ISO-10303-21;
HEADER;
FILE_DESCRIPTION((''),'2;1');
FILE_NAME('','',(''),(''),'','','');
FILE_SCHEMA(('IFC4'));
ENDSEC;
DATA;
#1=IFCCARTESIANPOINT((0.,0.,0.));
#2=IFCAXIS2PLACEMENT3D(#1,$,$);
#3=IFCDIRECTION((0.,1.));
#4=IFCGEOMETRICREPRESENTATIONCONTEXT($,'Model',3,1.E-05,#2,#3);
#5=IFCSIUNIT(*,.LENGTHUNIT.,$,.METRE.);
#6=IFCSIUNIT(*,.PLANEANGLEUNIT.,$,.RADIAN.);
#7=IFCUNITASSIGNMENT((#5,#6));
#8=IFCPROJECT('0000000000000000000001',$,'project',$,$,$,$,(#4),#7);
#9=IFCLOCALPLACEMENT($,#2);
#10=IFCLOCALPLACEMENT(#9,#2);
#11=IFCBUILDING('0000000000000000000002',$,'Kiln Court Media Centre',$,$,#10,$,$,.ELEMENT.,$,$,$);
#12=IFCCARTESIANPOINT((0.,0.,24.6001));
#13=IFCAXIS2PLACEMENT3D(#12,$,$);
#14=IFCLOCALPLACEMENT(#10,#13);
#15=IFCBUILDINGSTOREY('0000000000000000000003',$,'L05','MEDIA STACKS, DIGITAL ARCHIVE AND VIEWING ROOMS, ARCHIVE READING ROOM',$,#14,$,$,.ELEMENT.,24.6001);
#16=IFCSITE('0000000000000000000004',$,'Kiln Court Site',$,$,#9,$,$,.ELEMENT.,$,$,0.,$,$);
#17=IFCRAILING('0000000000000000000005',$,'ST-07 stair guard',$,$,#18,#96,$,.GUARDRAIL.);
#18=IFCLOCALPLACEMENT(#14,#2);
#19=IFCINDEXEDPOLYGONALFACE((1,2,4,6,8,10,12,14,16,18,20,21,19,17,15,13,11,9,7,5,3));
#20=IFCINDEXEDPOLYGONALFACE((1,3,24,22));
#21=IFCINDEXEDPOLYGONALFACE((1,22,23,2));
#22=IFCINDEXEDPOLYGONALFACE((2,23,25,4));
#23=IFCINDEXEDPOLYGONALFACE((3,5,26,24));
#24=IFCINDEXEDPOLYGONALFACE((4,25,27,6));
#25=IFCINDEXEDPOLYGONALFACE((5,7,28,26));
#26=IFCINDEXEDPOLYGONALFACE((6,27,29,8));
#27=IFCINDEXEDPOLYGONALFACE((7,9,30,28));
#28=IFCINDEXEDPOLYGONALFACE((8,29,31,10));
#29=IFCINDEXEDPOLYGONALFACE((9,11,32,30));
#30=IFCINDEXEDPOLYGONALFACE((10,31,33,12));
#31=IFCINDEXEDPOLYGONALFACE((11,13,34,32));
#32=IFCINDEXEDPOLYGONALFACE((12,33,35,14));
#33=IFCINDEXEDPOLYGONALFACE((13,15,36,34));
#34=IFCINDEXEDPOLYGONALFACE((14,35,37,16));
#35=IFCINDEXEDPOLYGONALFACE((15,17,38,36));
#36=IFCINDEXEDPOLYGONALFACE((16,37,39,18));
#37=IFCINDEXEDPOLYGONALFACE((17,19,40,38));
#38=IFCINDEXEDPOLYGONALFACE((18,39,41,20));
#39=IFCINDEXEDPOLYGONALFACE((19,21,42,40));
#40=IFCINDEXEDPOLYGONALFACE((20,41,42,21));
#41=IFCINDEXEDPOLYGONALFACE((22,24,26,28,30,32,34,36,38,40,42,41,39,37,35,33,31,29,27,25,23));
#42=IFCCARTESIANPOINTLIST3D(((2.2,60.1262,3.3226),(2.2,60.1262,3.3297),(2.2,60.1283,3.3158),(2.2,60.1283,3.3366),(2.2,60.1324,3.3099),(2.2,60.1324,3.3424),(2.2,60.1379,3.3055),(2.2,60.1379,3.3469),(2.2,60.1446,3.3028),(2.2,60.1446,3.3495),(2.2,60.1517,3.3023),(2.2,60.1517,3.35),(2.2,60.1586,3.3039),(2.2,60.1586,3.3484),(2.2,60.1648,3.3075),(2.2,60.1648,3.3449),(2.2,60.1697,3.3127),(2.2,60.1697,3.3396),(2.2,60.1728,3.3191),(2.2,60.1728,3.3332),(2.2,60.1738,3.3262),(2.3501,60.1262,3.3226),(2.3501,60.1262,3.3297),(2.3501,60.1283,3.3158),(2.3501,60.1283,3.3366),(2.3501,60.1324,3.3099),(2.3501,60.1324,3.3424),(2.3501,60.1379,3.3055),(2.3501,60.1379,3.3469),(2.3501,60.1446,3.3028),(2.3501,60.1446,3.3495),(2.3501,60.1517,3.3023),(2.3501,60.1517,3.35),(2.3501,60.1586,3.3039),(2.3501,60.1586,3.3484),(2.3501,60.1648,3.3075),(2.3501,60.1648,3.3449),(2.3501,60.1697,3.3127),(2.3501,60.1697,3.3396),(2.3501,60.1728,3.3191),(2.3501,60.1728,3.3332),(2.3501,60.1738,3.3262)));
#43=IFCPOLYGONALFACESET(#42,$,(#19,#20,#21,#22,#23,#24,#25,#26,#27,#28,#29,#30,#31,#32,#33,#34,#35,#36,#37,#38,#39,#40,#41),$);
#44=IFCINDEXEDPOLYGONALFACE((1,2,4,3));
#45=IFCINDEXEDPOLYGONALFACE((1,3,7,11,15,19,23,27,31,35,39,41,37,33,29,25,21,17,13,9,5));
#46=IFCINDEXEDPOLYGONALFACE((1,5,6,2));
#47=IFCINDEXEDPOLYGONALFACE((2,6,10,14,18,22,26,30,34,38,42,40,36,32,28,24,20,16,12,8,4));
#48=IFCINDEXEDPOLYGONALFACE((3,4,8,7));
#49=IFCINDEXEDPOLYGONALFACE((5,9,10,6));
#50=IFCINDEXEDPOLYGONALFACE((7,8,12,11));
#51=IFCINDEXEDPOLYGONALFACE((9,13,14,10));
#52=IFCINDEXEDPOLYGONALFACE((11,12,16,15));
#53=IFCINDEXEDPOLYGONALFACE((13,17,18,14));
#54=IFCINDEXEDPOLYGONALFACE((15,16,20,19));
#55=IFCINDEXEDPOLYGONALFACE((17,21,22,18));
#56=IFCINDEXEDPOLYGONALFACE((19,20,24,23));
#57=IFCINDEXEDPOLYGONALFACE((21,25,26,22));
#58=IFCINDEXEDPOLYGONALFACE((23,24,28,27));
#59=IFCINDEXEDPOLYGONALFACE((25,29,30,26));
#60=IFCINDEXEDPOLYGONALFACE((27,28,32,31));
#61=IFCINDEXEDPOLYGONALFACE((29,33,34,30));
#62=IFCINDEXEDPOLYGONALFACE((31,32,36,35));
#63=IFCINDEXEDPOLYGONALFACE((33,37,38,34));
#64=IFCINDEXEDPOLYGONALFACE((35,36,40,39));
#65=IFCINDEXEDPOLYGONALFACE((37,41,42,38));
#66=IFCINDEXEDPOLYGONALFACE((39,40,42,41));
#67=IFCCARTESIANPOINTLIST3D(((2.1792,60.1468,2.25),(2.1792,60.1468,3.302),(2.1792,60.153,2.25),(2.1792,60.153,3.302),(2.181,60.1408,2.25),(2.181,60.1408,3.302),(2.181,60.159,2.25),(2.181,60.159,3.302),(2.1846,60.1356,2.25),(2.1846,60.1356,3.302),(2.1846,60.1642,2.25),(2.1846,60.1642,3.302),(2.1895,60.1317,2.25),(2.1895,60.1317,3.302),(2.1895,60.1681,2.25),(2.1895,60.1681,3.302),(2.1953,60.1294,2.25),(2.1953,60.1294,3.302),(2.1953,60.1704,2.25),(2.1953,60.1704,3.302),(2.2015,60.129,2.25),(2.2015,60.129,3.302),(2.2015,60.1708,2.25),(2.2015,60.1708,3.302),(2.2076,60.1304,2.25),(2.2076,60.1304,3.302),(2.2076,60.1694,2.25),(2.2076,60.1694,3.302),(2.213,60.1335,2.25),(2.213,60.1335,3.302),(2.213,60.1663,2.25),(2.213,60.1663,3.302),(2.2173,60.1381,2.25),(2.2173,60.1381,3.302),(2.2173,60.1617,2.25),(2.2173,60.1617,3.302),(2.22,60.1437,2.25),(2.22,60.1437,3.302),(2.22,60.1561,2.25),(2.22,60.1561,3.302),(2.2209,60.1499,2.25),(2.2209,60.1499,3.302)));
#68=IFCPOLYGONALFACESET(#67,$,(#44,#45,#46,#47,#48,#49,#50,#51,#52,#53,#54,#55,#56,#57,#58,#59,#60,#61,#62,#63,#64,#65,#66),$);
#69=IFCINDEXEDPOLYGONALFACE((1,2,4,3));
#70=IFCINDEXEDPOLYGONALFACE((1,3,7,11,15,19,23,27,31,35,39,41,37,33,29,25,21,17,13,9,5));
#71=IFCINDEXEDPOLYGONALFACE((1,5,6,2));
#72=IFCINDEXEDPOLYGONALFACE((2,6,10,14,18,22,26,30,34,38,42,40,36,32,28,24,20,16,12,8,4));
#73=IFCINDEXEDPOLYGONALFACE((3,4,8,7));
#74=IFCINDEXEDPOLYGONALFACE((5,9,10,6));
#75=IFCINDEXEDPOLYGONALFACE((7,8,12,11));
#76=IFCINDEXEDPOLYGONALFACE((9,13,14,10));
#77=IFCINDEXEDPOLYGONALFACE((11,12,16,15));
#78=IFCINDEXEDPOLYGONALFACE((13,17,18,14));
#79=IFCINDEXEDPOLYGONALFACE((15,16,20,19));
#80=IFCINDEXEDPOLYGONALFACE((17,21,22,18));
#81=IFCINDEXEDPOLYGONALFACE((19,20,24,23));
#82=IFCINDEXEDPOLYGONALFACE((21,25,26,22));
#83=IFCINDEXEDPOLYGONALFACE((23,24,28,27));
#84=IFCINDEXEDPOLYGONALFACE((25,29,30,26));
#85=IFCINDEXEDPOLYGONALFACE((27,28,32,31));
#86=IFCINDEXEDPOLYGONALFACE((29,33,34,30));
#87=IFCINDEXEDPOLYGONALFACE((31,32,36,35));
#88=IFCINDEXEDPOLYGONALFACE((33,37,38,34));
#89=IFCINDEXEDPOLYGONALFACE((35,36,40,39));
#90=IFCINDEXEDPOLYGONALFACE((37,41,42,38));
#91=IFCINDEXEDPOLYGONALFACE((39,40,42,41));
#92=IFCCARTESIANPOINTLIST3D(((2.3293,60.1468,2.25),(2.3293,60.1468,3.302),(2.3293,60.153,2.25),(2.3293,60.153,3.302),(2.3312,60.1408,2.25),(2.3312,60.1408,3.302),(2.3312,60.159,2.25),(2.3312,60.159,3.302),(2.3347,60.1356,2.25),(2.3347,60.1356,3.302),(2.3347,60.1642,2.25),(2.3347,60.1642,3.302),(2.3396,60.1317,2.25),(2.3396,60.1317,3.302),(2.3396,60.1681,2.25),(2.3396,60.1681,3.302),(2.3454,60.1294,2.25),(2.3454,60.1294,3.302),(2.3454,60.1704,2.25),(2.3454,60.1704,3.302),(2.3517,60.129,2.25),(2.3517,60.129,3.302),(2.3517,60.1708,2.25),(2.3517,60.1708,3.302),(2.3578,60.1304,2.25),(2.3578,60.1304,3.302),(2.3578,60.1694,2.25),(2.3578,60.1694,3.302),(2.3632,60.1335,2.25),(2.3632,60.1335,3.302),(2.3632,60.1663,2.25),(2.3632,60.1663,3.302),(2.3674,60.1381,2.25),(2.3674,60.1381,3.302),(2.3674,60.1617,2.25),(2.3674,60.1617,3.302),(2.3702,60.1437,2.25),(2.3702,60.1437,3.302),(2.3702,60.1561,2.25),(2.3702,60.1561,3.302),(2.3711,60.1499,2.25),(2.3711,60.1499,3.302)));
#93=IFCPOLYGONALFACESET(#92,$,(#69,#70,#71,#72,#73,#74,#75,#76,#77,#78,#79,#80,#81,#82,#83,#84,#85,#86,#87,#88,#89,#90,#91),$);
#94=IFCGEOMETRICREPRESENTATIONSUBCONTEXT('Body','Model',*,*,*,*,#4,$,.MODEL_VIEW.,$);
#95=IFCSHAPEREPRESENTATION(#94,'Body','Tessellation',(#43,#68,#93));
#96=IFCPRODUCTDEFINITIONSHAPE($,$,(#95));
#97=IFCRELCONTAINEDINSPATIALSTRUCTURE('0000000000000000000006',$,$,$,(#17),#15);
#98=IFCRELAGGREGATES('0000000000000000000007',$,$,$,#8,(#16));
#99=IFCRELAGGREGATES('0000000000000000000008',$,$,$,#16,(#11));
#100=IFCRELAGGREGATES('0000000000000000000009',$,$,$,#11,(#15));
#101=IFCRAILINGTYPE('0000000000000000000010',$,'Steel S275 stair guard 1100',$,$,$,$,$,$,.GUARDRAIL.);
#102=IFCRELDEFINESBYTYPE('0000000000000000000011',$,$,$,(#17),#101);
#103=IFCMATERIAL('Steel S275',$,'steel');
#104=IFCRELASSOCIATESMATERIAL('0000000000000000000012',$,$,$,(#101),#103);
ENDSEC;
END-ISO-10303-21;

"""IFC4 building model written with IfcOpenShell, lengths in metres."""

from ifc_helpers import new_model, si_unit, direction, frame, origin, origin_2d, place, context, subcontext, project, spatial, circle, extrude, material, type_object, element, save


model = new_model("IFC4")

# Units and contexts
model_context = context("Model", 3, precision=1e-05, world=origin(), true_north=direction((0.0, 1.0)))
body_context = subcontext(model_context, "Body", "Model", "MODEL_VIEW")
ifc_project = project(units=[si_unit("LENGTHUNIT", "METRE"), si_unit("PLANEANGLEUNIT", "RADIAN")], contexts=[model_context])

# Site, building, storey
site_placement = place(None, origin())
site = spatial("IfcSite", under=ifc_project, at=site_placement, Name="Kiln Court Site", CompositionType="ELEMENT", RefElevation=0.0)
building_placement = place(site_placement, origin())
building = spatial("IfcBuilding", under=site, at=building_placement, Name="Kiln Court Media Centre", CompositionType="ELEMENT")
storey_placement = place(building_placement, frame((0.0, 0.0, 24.6001)))
storey = spatial("IfcBuildingStorey", under=building, at=storey_placement, Name="L05", Description="MEDIA STACKS, DIGITAL ARCHIVE AND VIEWING ROOMS, ARCHIVE READING ROOM", CompositionType="ELEMENT", Elevation=24.6001)

# Railing
ifc_material_1 = material(Name="Steel S275", Category="steel")
railing_type_1 = type_object("IfcRailingType", Name="Steel S275 stair guard 1100", PredefinedType="GUARDRAIL", material=ifc_material_1)
railing_1_placement = place(storey_placement, frame((2.2, 60.1499, 2.25)))
element("IfcRailing", 1, at=railing_1_placement, inside=storey, type_object=railing_type_1, Name="ST-07 stair guard", PredefinedType="GUARDRAIL", context=body_context, shape_type="SweptSolid", body=[
    extrude(circle(Radius=0.0239, at=origin_2d()), frame((0.0, 0.0, 1.0762), z_axis=(1.0, 0.0, 0.0), x_axis=(0.0, 1.0, 0.0)), (0.0, 0.0, 1.0), 0.1501),
    extrude(circle(Radius=0.021, at=origin_2d()), origin(), (0.0, 0.0, 1.0), 1.052),
    extrude(circle(Radius=0.021, at=origin_2d()), frame((0.1501, 0.0, 0.0)), (0.0, 0.0, 1.0), 1.052),
])

save(model, "model.ifc")
